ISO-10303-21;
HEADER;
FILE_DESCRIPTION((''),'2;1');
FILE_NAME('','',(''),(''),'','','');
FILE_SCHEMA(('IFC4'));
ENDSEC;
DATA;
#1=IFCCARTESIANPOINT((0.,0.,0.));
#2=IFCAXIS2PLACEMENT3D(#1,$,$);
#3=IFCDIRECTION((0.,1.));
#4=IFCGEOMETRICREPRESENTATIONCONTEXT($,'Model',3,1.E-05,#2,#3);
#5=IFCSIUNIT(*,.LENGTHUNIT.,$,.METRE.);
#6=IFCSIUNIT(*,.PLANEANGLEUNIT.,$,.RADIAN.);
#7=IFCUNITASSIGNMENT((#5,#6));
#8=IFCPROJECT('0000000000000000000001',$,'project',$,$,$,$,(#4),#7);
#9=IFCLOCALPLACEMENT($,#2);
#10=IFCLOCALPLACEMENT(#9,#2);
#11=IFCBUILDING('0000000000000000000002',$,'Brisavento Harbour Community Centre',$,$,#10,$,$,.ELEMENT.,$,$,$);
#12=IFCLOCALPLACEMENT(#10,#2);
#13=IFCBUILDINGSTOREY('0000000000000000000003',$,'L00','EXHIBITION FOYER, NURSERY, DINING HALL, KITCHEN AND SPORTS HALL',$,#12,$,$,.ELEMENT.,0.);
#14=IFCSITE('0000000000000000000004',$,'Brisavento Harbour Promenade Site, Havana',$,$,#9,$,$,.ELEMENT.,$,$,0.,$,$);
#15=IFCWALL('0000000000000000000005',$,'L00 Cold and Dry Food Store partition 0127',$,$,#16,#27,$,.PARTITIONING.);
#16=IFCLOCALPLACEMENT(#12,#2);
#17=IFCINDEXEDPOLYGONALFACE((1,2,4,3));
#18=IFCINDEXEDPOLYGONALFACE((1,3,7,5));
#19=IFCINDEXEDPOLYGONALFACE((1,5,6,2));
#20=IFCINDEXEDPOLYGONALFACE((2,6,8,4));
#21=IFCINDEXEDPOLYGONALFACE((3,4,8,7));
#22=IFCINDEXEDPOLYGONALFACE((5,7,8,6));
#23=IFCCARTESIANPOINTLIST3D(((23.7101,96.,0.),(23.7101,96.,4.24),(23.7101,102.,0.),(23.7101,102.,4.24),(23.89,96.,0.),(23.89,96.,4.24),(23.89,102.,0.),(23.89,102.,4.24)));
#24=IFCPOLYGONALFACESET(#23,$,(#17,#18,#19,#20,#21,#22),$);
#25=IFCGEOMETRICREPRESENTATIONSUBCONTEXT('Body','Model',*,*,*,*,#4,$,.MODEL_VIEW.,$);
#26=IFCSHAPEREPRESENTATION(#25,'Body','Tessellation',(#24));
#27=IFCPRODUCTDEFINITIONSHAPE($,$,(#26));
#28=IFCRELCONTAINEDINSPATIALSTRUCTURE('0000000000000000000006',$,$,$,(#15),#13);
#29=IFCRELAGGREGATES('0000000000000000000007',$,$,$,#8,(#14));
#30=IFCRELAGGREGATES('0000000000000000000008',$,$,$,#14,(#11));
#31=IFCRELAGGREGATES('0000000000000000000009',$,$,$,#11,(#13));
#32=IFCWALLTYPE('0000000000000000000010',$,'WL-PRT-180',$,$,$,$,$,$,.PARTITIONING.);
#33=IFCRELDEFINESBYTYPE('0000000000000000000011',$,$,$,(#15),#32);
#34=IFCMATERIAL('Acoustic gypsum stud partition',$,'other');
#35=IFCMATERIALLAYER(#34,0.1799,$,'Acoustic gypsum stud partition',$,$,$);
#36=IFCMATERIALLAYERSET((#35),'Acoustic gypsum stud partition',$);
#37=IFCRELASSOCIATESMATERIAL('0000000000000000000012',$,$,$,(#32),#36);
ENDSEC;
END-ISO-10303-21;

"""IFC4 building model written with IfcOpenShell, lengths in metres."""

from ifc_helpers import new_model, si_unit, direction, frame, frame_2d, origin, place, context, subcontext, project, spatial, rectangle, extrude, material, layer, layer_set, type_object, element, save


model = new_model("IFC4")

# Units and contexts
model_context = context("Model", 3, precision=1e-05, world=origin(), true_north=direction((0.0, 1.0)))
body_context = subcontext(model_context, "Body", "Model", "MODEL_VIEW")
ifc_project = project(units=[si_unit("LENGTHUNIT", "METRE"), si_unit("PLANEANGLEUNIT", "RADIAN")], contexts=[model_context])

# Site, building, storey
site_placement = place(None, origin())
site = spatial("IfcSite", under=ifc_project, at=site_placement, Name="Brisavento Harbour Promenade Site, Havana", CompositionType="ELEMENT", RefElevation=0.0)
building_placement = place(site_placement, origin())
building = spatial("IfcBuilding", under=site, at=building_placement, Name="Brisavento Harbour Community Centre", CompositionType="ELEMENT")
storey_placement = place(building_placement, origin())
storey = spatial("IfcBuildingStorey", under=building, at=storey_placement, Name="L00", Description="EXHIBITION FOYER, NURSERY, DINING HALL, KITCHEN AND SPORTS HALL", CompositionType="ELEMENT", Elevation=0.0)

# Shared definitions
ifc_material_1 = material(Name="Acoustic gypsum stud partition", Category="other")

# Wall
ifc_layer_1 = layer(ifc_material_1, 0.1799, Name="Acoustic gypsum stud partition")
ifc_layer_set_1 = layer_set([ifc_layer_1], Name="Acoustic gypsum stud partition")
wall_type_1 = type_object("IfcWallType", Name="WL-PRT-180", PredefinedType="PARTITIONING", material=ifc_layer_set_1)
wall_1_placement = place(storey_placement, frame((23.8, 102.0, 0.0), z_axis=(0.0, 0.0, 1.0), x_axis=(0.0, -1.0, 0.0)))
element("IfcWall", 1, at=wall_1_placement, inside=storey, type_object=wall_type_1, Name="L00 Cold and Dry Food Store partition 0127", PredefinedType="PARTITIONING", context=body_context, shape_type="SweptSolid", body=[
    extrude(rectangle(XDim=6.0, YDim=0.1799, at=frame_2d((3.0, 0.0))), origin(), (0.0, 0.0, 1.0), 4.24),
])

save(model, "model.ifc")
